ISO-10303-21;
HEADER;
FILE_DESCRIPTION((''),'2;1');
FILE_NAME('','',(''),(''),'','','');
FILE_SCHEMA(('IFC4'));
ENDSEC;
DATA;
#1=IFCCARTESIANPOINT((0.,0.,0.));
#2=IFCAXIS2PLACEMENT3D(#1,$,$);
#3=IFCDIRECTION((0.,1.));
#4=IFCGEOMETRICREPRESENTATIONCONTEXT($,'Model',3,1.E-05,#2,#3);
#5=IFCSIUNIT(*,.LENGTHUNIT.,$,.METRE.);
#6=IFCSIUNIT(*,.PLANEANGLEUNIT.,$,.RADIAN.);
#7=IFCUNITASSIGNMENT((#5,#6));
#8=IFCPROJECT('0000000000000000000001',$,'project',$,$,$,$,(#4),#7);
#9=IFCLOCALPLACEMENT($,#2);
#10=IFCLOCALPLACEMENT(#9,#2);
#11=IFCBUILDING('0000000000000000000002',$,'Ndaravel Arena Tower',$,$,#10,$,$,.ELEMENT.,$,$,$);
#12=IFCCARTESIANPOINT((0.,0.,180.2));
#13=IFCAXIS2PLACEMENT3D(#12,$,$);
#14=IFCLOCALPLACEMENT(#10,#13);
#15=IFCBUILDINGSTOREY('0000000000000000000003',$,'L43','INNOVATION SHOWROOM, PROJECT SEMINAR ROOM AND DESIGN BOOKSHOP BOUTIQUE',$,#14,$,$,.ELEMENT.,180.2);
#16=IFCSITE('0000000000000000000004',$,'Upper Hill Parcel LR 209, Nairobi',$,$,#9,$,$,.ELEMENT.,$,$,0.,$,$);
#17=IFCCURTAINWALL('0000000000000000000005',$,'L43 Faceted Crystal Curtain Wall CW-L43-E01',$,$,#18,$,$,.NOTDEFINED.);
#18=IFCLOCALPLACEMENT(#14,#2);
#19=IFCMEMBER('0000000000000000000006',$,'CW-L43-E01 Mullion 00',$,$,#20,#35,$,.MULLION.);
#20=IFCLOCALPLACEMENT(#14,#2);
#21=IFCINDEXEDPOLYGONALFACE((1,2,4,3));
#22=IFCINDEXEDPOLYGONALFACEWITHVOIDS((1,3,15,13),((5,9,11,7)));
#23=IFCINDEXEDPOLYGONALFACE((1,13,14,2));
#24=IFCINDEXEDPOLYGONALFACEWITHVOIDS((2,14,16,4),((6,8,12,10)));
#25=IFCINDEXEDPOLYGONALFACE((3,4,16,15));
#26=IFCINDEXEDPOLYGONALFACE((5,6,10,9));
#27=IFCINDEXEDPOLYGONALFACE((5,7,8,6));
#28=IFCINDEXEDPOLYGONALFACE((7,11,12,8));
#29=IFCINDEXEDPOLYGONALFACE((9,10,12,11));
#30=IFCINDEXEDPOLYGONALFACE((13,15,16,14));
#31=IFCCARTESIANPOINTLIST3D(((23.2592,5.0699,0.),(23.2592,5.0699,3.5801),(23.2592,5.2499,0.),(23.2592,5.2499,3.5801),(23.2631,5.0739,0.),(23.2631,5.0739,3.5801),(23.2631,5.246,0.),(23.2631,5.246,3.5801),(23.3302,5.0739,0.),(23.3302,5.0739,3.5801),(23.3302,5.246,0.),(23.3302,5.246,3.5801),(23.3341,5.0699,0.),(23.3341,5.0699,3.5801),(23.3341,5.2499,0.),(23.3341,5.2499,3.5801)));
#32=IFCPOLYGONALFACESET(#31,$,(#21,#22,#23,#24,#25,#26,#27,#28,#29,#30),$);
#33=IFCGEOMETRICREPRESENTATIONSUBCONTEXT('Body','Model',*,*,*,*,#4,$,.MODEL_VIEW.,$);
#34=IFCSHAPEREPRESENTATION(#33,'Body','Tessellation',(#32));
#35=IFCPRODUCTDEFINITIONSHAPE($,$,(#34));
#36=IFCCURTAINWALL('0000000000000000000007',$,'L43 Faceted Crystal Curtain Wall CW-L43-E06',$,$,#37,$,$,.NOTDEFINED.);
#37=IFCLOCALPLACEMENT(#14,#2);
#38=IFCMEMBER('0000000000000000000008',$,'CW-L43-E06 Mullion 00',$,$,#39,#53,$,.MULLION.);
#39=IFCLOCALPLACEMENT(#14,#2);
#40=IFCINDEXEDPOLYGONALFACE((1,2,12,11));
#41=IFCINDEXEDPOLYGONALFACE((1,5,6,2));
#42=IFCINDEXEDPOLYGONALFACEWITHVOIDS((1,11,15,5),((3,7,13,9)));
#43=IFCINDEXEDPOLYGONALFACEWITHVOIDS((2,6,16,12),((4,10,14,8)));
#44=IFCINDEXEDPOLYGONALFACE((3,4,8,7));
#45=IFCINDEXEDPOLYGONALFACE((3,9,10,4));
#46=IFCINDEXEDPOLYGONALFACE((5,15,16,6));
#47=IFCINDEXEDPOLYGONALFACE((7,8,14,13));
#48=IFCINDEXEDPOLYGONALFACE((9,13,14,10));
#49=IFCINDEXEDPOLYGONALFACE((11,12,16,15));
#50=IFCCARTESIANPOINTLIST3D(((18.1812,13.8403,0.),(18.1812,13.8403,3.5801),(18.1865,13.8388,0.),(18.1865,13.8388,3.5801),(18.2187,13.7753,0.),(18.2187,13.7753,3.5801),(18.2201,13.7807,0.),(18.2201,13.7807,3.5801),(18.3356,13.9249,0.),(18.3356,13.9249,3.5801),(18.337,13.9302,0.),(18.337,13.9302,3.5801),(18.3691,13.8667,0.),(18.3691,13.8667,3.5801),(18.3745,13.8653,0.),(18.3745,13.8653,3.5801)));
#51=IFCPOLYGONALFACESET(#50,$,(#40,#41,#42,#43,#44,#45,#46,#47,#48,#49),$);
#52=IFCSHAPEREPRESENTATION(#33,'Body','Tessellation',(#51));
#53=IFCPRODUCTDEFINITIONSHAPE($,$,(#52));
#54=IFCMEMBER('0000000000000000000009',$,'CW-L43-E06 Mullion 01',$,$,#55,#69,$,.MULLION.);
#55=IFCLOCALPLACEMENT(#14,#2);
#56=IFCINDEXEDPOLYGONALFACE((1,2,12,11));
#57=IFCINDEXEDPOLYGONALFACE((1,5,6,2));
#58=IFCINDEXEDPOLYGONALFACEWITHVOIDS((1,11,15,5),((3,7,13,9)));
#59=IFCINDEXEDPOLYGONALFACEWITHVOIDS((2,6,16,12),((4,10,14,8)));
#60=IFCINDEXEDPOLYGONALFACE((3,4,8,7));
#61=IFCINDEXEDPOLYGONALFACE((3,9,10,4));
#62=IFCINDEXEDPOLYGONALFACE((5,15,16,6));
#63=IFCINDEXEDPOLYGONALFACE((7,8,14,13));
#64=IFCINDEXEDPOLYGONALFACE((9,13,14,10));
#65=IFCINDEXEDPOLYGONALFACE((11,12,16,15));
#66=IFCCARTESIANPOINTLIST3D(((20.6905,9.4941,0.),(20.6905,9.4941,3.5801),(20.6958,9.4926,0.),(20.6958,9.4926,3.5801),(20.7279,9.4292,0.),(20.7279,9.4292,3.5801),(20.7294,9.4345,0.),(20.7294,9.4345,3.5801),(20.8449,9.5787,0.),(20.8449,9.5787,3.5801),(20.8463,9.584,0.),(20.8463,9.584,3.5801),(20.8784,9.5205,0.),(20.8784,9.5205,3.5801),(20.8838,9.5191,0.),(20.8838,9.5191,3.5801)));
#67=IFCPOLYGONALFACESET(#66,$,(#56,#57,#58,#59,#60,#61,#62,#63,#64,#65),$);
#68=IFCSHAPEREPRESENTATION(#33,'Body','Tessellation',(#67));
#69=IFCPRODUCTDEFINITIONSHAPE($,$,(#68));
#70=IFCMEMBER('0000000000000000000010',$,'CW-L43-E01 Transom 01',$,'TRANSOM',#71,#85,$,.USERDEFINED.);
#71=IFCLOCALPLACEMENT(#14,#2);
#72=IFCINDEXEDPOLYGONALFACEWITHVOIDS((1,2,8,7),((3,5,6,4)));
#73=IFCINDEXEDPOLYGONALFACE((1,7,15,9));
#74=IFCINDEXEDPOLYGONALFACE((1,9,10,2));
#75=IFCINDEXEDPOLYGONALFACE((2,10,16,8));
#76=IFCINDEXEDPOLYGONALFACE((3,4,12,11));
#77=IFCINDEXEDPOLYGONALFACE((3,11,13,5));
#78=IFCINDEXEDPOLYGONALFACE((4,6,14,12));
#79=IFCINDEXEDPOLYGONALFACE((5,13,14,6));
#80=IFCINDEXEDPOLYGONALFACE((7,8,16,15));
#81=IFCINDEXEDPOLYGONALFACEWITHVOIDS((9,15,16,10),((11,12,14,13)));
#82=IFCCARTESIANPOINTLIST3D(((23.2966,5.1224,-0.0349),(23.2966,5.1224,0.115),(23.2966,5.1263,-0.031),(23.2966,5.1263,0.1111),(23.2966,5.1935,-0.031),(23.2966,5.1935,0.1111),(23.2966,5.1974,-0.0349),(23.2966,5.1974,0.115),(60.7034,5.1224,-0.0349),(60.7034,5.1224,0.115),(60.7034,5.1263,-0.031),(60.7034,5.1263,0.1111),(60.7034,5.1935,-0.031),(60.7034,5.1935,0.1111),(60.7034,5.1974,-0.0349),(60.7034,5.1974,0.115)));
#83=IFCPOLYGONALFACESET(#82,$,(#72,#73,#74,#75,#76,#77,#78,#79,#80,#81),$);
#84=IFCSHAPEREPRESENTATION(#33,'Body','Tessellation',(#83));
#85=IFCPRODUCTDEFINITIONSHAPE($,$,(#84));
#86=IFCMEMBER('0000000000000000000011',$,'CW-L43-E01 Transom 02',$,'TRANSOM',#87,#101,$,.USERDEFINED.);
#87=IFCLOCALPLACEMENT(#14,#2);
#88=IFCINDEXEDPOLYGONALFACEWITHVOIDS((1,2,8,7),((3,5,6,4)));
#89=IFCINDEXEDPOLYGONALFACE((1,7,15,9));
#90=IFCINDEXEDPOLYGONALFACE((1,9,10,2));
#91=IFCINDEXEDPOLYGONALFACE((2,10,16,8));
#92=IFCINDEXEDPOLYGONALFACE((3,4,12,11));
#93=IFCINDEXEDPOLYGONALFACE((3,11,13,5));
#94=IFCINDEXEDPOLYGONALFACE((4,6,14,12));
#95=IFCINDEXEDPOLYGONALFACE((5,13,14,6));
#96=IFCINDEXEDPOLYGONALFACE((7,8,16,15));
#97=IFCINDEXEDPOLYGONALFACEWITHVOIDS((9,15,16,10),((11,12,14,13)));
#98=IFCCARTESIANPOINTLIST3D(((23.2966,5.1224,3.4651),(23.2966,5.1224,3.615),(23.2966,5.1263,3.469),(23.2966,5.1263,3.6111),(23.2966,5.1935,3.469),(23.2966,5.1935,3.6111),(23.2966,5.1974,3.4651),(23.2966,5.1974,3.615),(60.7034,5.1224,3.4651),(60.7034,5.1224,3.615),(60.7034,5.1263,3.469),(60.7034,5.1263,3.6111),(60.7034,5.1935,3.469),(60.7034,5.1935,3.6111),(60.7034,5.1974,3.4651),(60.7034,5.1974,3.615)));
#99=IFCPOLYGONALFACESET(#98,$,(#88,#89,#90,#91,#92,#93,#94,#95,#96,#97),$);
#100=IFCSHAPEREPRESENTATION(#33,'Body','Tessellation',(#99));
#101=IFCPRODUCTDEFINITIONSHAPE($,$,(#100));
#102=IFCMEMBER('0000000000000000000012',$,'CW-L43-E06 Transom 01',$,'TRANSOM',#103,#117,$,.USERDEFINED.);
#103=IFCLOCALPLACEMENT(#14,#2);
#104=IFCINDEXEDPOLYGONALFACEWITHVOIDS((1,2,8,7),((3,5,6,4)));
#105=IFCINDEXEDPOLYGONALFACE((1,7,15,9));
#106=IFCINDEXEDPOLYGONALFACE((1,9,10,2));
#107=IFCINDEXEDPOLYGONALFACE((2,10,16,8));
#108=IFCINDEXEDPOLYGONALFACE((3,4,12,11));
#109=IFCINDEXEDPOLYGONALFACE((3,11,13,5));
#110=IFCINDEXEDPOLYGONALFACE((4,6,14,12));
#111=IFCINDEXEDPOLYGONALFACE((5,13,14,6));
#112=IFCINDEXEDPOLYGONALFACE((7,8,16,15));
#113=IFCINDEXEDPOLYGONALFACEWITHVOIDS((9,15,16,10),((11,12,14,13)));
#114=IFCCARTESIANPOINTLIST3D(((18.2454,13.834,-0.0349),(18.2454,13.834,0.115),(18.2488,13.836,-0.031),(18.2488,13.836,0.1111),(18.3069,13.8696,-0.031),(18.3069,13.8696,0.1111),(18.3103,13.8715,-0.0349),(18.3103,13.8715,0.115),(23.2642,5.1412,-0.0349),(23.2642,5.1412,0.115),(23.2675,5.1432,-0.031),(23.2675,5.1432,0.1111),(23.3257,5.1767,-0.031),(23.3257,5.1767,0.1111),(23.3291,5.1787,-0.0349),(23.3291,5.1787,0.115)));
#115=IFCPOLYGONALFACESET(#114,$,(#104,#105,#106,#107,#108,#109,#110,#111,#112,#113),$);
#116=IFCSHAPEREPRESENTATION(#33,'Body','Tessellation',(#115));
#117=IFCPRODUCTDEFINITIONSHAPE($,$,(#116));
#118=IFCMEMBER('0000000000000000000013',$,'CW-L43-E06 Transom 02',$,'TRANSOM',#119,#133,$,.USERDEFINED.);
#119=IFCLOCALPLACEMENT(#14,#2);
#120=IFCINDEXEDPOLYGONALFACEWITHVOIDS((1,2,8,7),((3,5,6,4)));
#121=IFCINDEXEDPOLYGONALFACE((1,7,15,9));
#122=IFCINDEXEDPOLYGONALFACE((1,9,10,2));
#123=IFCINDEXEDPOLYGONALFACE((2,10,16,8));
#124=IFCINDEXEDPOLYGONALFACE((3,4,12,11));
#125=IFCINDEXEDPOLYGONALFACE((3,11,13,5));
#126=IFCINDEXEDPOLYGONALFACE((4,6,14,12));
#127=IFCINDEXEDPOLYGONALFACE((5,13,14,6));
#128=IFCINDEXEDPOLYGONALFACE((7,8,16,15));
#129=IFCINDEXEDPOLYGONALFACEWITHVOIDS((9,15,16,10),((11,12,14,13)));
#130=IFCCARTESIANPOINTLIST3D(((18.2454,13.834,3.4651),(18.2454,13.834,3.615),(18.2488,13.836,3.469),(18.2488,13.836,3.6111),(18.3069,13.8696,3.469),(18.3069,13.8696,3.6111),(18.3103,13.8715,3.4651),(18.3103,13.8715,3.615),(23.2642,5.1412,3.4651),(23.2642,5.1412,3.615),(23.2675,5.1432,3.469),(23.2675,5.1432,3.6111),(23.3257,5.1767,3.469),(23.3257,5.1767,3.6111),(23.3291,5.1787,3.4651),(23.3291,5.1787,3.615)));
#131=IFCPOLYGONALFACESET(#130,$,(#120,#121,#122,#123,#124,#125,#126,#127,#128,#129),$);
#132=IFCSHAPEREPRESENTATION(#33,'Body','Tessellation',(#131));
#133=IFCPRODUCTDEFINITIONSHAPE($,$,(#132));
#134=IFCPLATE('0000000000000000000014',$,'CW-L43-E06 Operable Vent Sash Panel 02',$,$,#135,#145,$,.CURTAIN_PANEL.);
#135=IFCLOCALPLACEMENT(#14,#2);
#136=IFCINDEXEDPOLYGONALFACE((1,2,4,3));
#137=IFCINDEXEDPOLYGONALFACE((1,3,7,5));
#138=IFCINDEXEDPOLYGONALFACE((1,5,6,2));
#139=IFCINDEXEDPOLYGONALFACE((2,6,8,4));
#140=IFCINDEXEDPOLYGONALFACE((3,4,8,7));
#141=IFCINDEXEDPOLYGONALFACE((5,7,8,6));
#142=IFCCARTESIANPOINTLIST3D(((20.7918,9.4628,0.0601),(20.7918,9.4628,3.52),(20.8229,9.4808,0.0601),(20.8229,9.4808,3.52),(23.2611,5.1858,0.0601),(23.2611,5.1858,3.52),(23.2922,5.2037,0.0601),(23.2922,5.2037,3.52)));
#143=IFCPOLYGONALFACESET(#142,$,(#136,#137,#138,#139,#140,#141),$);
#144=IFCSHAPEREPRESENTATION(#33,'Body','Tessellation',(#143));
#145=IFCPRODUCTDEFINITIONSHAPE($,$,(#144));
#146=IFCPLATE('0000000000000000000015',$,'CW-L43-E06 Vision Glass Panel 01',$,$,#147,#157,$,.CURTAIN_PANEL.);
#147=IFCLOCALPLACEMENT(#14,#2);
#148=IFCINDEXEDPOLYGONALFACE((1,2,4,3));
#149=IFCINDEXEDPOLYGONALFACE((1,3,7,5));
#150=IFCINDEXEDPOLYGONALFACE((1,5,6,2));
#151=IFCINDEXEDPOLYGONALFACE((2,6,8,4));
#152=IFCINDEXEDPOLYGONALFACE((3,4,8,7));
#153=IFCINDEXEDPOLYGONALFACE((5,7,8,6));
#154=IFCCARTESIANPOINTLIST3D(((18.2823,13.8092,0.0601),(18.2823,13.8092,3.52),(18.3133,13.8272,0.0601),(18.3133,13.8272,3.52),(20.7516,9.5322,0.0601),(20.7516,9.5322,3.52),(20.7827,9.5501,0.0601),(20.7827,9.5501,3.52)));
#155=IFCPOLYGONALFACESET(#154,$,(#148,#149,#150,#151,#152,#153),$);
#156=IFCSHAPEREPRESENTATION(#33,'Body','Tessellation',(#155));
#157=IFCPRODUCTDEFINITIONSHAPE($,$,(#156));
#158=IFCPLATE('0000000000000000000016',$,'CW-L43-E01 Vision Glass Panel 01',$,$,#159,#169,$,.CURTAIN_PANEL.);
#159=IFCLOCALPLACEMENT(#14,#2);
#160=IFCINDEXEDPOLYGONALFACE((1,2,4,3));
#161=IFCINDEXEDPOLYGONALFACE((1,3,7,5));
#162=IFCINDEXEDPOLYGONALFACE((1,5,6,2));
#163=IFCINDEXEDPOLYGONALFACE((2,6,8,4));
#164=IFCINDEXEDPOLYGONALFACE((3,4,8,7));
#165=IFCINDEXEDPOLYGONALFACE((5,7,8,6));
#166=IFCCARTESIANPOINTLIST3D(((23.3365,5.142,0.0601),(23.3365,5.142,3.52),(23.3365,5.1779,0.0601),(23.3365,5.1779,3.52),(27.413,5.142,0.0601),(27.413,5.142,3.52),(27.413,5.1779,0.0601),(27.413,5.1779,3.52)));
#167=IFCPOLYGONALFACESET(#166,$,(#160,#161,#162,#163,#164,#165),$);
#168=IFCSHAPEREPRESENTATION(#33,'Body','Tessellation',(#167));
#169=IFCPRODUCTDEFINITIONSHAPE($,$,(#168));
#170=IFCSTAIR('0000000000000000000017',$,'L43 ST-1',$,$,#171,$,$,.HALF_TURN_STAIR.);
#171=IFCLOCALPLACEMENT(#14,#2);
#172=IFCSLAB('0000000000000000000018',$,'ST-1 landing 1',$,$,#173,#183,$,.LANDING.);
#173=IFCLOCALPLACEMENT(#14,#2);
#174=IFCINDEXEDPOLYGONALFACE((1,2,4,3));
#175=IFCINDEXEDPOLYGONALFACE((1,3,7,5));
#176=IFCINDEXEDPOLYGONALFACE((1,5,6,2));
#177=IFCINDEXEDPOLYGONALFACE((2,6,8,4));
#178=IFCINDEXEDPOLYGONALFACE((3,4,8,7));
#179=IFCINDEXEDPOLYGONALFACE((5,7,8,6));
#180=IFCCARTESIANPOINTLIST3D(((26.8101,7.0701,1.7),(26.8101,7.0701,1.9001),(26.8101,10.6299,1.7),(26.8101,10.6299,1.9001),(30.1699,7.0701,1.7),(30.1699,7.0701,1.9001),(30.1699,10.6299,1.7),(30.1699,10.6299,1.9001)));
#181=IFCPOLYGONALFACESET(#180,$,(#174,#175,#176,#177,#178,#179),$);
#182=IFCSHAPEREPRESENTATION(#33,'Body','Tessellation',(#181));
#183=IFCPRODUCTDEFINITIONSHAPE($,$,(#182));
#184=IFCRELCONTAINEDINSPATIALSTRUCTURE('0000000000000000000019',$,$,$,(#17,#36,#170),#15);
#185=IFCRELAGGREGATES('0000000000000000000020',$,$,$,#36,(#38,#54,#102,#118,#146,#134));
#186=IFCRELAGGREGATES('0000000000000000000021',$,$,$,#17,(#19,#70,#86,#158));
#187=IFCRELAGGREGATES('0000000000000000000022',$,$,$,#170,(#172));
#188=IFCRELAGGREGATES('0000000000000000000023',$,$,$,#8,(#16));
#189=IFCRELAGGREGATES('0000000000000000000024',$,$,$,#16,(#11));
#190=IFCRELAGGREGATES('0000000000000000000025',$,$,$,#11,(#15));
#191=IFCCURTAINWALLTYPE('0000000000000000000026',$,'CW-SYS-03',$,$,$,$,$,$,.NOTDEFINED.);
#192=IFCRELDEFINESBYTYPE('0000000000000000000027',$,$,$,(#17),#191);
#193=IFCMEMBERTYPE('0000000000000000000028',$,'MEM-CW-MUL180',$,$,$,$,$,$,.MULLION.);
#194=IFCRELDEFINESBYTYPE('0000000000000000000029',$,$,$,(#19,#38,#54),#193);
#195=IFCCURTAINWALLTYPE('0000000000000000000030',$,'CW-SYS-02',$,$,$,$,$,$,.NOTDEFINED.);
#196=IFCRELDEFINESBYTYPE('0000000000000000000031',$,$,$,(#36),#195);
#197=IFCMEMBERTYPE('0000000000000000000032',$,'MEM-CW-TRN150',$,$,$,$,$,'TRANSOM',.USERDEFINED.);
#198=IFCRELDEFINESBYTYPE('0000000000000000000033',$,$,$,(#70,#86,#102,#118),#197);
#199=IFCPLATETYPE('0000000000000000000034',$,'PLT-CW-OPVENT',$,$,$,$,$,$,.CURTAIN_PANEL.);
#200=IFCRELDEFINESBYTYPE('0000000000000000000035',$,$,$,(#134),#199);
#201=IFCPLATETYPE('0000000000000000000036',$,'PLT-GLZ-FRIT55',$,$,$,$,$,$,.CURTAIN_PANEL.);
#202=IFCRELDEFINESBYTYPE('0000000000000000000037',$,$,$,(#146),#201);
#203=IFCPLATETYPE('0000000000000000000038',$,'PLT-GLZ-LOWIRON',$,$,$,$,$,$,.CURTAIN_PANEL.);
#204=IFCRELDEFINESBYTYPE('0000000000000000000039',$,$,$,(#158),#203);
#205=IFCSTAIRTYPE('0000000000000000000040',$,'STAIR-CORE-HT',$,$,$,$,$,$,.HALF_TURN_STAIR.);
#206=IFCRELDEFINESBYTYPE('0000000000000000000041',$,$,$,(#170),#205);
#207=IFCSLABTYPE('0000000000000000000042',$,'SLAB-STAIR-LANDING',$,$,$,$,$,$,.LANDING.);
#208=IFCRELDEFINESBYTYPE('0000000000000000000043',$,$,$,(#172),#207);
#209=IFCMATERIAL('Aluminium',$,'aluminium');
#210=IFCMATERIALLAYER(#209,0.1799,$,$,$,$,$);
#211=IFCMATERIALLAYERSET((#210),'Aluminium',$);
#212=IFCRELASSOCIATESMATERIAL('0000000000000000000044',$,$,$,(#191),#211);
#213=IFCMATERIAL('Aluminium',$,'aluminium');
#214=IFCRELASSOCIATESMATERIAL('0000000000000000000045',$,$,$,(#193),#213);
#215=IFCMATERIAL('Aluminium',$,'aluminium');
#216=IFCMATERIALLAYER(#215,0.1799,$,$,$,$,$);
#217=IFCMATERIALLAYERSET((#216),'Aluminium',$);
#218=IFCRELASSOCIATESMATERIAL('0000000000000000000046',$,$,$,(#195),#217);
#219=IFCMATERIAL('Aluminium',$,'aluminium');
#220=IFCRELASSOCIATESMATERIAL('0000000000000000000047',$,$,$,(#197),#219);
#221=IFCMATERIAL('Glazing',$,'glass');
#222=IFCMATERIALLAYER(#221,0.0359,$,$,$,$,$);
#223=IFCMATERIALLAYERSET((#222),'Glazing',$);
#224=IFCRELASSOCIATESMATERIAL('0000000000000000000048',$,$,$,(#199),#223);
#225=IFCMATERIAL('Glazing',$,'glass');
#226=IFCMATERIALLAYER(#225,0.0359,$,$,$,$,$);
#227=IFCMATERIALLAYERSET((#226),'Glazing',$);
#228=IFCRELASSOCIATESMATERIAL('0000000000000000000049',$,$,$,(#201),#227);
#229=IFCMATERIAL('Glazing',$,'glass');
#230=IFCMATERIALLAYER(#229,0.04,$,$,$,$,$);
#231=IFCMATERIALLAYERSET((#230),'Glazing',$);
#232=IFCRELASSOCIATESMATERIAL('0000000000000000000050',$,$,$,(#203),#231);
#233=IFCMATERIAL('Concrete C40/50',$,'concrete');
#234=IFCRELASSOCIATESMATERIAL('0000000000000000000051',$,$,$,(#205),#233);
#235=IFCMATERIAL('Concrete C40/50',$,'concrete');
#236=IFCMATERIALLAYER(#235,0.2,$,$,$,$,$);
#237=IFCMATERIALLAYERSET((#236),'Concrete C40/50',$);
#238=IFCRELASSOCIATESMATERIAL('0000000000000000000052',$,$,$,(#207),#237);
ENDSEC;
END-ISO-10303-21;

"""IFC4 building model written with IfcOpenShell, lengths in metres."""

from ifc_helpers import new_model, si_unit, direction, frame, origin, origin_2d, place, context, subcontext, project, spatial, polyline, rectangle, hollow_rectangle, outline, extrude, material, layer, layer_set, material_profile, profile_set, type_object, element, aggregate, save


model = new_model("IFC4")

# Units and contexts
model_context = context("Model", 3, precision=1e-05, world=origin(), true_north=direction((0.0, 1.0)))
body_context = subcontext(model_context, "Body", "Model", "MODEL_VIEW")
ifc_project = project(units=[si_unit("LENGTHUNIT", "METRE"), si_unit("PLANEANGLEUNIT", "RADIAN")], contexts=[model_context])

# Site, building, storey
site_placement = place(None, origin())
site = spatial("IfcSite", under=ifc_project, at=site_placement, Name="Upper Hill Parcel LR 209, Nairobi", CompositionType="ELEMENT", RefElevation=0.0)
building_placement = place(site_placement, origin())
building = spatial("IfcBuilding", under=site, at=building_placement, Name="Ndaravel Arena Tower", CompositionType="ELEMENT")
storey_placement = place(building_placement, frame((0.0, 0.0, 180.2)))
storey = spatial("IfcBuildingStorey", under=building, at=storey_placement, Name="L43", Description="INNOVATION SHOWROOM, PROJECT SEMINAR ROOM AND DESIGN BOOKSHOP BOUTIQUE", CompositionType="ELEMENT", Elevation=180.2)

# Curtain wall, member
ifc_material_1 = material(Name="Aluminium", Category="aluminium")
ifc_layer_1 = layer(ifc_material_1, 0.1799)
ifc_layer_set_1 = layer_set([ifc_layer_1], Name="Aluminium")
curtain_wall_type_1 = type_object("IfcCurtainWallType", Name="CW-SYS-03", PredefinedType="NOTDEFINED", material=ifc_layer_set_1)
curtain_wall_1_placement = place(storey_placement, origin())
curtain_wall_1 = element("IfcCurtainWall", 1, at=curtain_wall_1_placement, inside=storey, type_object=curtain_wall_type_1, Name="L43 Faceted Crystal Curtain Wall CW-L43-E01", PredefinedType="NOTDEFINED")
ifc_material_2 = material(Name="Aluminium", Category="aluminium")
ifc_material_profile_1 = material_profile(ifc_material_2, hollow_rectangle(XDim=0.075, YDim=0.1799, WallThickness=0.0039, at=origin_2d()), Name="CW MULLION 75x180x4")
ifc_profile_set_1 = profile_set([ifc_material_profile_1], Name="Aluminium")
member_type_1 = type_object("IfcMemberType", Name="MEM-CW-MUL180", PredefinedType="MULLION", material=ifc_profile_set_1)
member_1_placement = place(storey_placement, frame((23.2966, 5.1599, 0.0), z_axis=(0.0, 0.0, 1.0), x_axis=(1.0, 0.0, 0.0)))
member_1 = element("IfcMember", 2, at=member_1_placement, type_object=member_type_1, Name="CW-L43-E01 Mullion 00", PredefinedType="MULLION", context=body_context, shape_type="SweptSolid", body=[
    extrude(hollow_rectangle(XDim=0.075, YDim=0.1799, WallThickness=0.0039, at=origin_2d()), origin(), (0.0, 0.0, 1.0), 3.5801),
])

# Curtain wall, members
ifc_material_3 = material(Name="Aluminium", Category="aluminium")
ifc_layer_2 = layer(ifc_material_3, 0.1799)
ifc_layer_set_2 = layer_set([ifc_layer_2], Name="Aluminium")
curtain_wall_type_2 = type_object("IfcCurtainWallType", Name="CW-SYS-02", PredefinedType="NOTDEFINED", material=ifc_layer_set_2)
curtain_wall_2_placement = place(storey_placement, origin())
curtain_wall_2 = element("IfcCurtainWall", 3, at=curtain_wall_2_placement, inside=storey, type_object=curtain_wall_type_2, Name="L43 Faceted Crystal Curtain Wall CW-L43-E06", PredefinedType="NOTDEFINED")
member_2_placement = place(storey_placement, frame((18.2778, 13.8528, 0.0), z_axis=(0.0, 0.0, 1.0), x_axis=(0.5, -0.866025, 0.0)))
member_2 = element("IfcMember", 4, at=member_2_placement, type_object=member_type_1, Name="CW-L43-E06 Mullion 00", PredefinedType="MULLION", context=body_context, shape_type="SweptSolid", body=[
    extrude(hollow_rectangle(XDim=0.075, YDim=0.1799, WallThickness=0.0039, at=origin_2d()), origin(), (0.0, 0.0, 1.0), 3.5801),
])
member_3_placement = place(storey_placement, frame((20.7871, 9.5066, 0.0), z_axis=(0.0, 0.0, 1.0), x_axis=(0.5, -0.866025, 0.0)))
member_3 = element("IfcMember", 5, at=member_3_placement, type_object=member_type_1, Name="CW-L43-E06 Mullion 01", PredefinedType="MULLION", context=body_context, shape_type="SweptSolid", body=[
    extrude(hollow_rectangle(XDim=0.075, YDim=0.1799, WallThickness=0.0039, at=origin_2d()), origin(), (0.0, 0.0, 1.0), 3.5801),
])

# Members
ifc_material_4 = material(Name="Aluminium", Category="aluminium")
ifc_material_profile_2 = material_profile(ifc_material_4, hollow_rectangle(XDim=0.075, YDim=0.1499, WallThickness=0.0039, at=origin_2d()), Name="CW TRANSOM 75x150x4")
ifc_profile_set_2 = profile_set([ifc_material_profile_2], Name="Aluminium")
member_type_2 = type_object("IfcMemberType", Name="MEM-CW-TRN150", ElementType="TRANSOM", PredefinedType="USERDEFINED", material=ifc_profile_set_2)
member_4_placement = place(storey_placement, frame((23.2966, 5.1599, 0.04), z_axis=(1.0, 0.0, 0.0), x_axis=(0.0, 1.0, 0.0)))
member_4 = element("IfcMember", 6, at=member_4_placement, type_object=member_type_2, Name="CW-L43-E01 Transom 01", ObjectType="TRANSOM", PredefinedType="USERDEFINED", context=body_context, shape_type="SweptSolid", body=[
    extrude(hollow_rectangle(XDim=0.075, YDim=0.1499, WallThickness=0.0039, at=origin_2d()), origin(), (0.0, 0.0, 1.0), 37.4067),
])
member_5_placement = place(storey_placement, frame((23.2966, 5.1599, 3.54), z_axis=(1.0, 0.0, 0.0), x_axis=(0.0, 1.0, 0.0)))
member_5 = element("IfcMember", 7, at=member_5_placement, type_object=member_type_2, Name="CW-L43-E01 Transom 02", ObjectType="TRANSOM", PredefinedType="USERDEFINED", context=body_context, shape_type="SweptSolid", body=[
    extrude(hollow_rectangle(XDim=0.075, YDim=0.1499, WallThickness=0.0039, at=origin_2d()), origin(), (0.0, 0.0, 1.0), 37.4067),
])
member_6_placement = place(storey_placement, frame((18.2778, 13.8528, 0.04), z_axis=(0.499998, -0.866027, 0.0), x_axis=(0.866027, 0.499998, 0.0)))
member_6 = element("IfcMember", 8, at=member_6_placement, type_object=member_type_2, Name="CW-L43-E06 Transom 01", ObjectType="TRANSOM", PredefinedType="USERDEFINED", context=body_context, shape_type="SweptSolid", body=[
    extrude(hollow_rectangle(XDim=0.075, YDim=0.1499, WallThickness=0.0039, at=origin_2d()), origin(), (0.0, 0.0, 1.0), 10.0376),
])
member_7_placement = place(storey_placement, frame((18.2778, 13.8528, 3.54), z_axis=(0.499998, -0.866027, 0.0), x_axis=(0.866027, 0.499998, 0.0)))
member_7 = element("IfcMember", 9, at=member_7_placement, type_object=member_type_2, Name="CW-L43-E06 Transom 02", ObjectType="TRANSOM", PredefinedType="USERDEFINED", context=body_context, shape_type="SweptSolid", body=[
    extrude(hollow_rectangle(XDim=0.075, YDim=0.1499, WallThickness=0.0039, at=origin_2d()), origin(), (0.0, 0.0, 1.0), 10.0376),
])

# Plates
ifc_material_5 = material(Name="Glazing", Category="glass")
ifc_layer_3 = layer(ifc_material_5, 0.0359)
ifc_layer_set_3 = layer_set([ifc_layer_3], Name="Glazing")
plate_type_1 = type_object("IfcPlateType", Name="PLT-CW-OPVENT", PredefinedType="CURTAIN_PANEL", material=ifc_layer_set_3)
plate_1_placement = place(storey_placement, frame((22.042, 7.3333, 0.0601), z_axis=(0.0, 0.0, 1.0), x_axis=(0.5, -0.866025, 0.0)))
plate_1 = element("IfcPlate", 10, at=plate_1_placement, type_object=plate_type_1, Name="CW-L43-E06 Operable Vent Sash Panel 02", PredefinedType="CURTAIN_PANEL", context=body_context, shape_type="SweptSolid", body=[
    extrude(rectangle(XDim=4.9387, YDim=0.0359, at=origin_2d()), origin(), (0.0, 0.0, 1.0), 3.46),
])
ifc_material_6 = material(Name="Glazing", Category="glass")
ifc_layer_4 = layer(ifc_material_6, 0.0359)
ifc_layer_set_4 = layer_set([ifc_layer_4], Name="Glazing")
plate_type_2 = type_object("IfcPlateType", Name="PLT-GLZ-FRIT55", PredefinedType="CURTAIN_PANEL", material=ifc_layer_set_4)
plate_2_placement = place(storey_placement, frame((19.5325, 11.6797, 0.0601), z_axis=(0.0, 0.0, 1.0), x_axis=(0.5, -0.866025, 0.0)))
plate_2 = element("IfcPlate", 11, at=plate_2_placement, type_object=plate_type_2, Name="CW-L43-E06 Vision Glass Panel 01", PredefinedType="CURTAIN_PANEL", context=body_context, shape_type="SweptSolid", body=[
    extrude(rectangle(XDim=4.9387, YDim=0.0359, at=origin_2d()), origin(), (0.0, 0.0, 1.0), 3.46),
])
aggregate(curtain_wall_2, [member_2, member_3, member_6, member_7, plate_2, plate_1])
ifc_material_7 = material(Name="Glazing", Category="glass")
ifc_layer_5 = layer(ifc_material_7, 0.04)
ifc_layer_set_5 = layer_set([ifc_layer_5], Name="Glazing")
plate_type_3 = type_object("IfcPlateType", Name="PLT-GLZ-LOWIRON", PredefinedType="CURTAIN_PANEL", material=ifc_layer_set_5)
plate_3_placement = place(storey_placement, frame((25.3748, 5.1599, 0.0601), z_axis=(0.0, 0.0, 1.0), x_axis=(1.0, 0.0, 0.0)))
plate_3 = element("IfcPlate", 12, at=plate_3_placement, type_object=plate_type_3, Name="CW-L43-E01 Vision Glass Panel 01", PredefinedType="CURTAIN_PANEL", context=body_context, shape_type="SweptSolid", body=[
    extrude(rectangle(XDim=4.0764, YDim=0.0359, at=origin_2d()), origin(), (0.0, 0.0, 1.0), 3.46),
])
aggregate(curtain_wall_1, [member_1, member_4, member_5, plate_3])

# Stair, slab
ifc_material_8 = material(Name="Concrete C40/50", Category="concrete")
stair_type = type_object("IfcStairType", Name="STAIR-CORE-HT", PredefinedType="HALF_TURN_STAIR", material=ifc_material_8)
stair_1_placement = place(storey_placement, origin())
stair_1 = element("IfcStair", 13, at=stair_1_placement, inside=storey, type_object=stair_type, Name="L43 ST-1", PredefinedType="HALF_TURN_STAIR")
ifc_material_9 = material(Name="Concrete C40/50", Category="concrete")
ifc_layer_6 = layer(ifc_material_9, 0.2)
ifc_layer_set_6 = layer_set([ifc_layer_6], Name="Concrete C40/50")
slab_type_1 = type_object("IfcSlabType", Name="SLAB-STAIR-LANDING", PredefinedType="LANDING", material=ifc_layer_set_6)
slab_1_placement = place(storey_placement, frame((0.0, 0.0, 1.7)))
slab_1 = element("IfcSlab", 14, at=slab_1_placement, type_object=slab_type_1, Name="ST-1 landing 1", PredefinedType="LANDING", context=body_context, shape_type="SweptSolid", body=[
    extrude(outline(polyline([(26.8101, 10.6299), (26.8101, 7.0701), (30.1699, 7.0701), (30.1699, 10.6299), (26.8101, 10.6299)])), origin(), (0.0, 0.0, 1.0), 0.2002),
])
aggregate(stair_1, [slab_1])

save(model, "model.ifc")
